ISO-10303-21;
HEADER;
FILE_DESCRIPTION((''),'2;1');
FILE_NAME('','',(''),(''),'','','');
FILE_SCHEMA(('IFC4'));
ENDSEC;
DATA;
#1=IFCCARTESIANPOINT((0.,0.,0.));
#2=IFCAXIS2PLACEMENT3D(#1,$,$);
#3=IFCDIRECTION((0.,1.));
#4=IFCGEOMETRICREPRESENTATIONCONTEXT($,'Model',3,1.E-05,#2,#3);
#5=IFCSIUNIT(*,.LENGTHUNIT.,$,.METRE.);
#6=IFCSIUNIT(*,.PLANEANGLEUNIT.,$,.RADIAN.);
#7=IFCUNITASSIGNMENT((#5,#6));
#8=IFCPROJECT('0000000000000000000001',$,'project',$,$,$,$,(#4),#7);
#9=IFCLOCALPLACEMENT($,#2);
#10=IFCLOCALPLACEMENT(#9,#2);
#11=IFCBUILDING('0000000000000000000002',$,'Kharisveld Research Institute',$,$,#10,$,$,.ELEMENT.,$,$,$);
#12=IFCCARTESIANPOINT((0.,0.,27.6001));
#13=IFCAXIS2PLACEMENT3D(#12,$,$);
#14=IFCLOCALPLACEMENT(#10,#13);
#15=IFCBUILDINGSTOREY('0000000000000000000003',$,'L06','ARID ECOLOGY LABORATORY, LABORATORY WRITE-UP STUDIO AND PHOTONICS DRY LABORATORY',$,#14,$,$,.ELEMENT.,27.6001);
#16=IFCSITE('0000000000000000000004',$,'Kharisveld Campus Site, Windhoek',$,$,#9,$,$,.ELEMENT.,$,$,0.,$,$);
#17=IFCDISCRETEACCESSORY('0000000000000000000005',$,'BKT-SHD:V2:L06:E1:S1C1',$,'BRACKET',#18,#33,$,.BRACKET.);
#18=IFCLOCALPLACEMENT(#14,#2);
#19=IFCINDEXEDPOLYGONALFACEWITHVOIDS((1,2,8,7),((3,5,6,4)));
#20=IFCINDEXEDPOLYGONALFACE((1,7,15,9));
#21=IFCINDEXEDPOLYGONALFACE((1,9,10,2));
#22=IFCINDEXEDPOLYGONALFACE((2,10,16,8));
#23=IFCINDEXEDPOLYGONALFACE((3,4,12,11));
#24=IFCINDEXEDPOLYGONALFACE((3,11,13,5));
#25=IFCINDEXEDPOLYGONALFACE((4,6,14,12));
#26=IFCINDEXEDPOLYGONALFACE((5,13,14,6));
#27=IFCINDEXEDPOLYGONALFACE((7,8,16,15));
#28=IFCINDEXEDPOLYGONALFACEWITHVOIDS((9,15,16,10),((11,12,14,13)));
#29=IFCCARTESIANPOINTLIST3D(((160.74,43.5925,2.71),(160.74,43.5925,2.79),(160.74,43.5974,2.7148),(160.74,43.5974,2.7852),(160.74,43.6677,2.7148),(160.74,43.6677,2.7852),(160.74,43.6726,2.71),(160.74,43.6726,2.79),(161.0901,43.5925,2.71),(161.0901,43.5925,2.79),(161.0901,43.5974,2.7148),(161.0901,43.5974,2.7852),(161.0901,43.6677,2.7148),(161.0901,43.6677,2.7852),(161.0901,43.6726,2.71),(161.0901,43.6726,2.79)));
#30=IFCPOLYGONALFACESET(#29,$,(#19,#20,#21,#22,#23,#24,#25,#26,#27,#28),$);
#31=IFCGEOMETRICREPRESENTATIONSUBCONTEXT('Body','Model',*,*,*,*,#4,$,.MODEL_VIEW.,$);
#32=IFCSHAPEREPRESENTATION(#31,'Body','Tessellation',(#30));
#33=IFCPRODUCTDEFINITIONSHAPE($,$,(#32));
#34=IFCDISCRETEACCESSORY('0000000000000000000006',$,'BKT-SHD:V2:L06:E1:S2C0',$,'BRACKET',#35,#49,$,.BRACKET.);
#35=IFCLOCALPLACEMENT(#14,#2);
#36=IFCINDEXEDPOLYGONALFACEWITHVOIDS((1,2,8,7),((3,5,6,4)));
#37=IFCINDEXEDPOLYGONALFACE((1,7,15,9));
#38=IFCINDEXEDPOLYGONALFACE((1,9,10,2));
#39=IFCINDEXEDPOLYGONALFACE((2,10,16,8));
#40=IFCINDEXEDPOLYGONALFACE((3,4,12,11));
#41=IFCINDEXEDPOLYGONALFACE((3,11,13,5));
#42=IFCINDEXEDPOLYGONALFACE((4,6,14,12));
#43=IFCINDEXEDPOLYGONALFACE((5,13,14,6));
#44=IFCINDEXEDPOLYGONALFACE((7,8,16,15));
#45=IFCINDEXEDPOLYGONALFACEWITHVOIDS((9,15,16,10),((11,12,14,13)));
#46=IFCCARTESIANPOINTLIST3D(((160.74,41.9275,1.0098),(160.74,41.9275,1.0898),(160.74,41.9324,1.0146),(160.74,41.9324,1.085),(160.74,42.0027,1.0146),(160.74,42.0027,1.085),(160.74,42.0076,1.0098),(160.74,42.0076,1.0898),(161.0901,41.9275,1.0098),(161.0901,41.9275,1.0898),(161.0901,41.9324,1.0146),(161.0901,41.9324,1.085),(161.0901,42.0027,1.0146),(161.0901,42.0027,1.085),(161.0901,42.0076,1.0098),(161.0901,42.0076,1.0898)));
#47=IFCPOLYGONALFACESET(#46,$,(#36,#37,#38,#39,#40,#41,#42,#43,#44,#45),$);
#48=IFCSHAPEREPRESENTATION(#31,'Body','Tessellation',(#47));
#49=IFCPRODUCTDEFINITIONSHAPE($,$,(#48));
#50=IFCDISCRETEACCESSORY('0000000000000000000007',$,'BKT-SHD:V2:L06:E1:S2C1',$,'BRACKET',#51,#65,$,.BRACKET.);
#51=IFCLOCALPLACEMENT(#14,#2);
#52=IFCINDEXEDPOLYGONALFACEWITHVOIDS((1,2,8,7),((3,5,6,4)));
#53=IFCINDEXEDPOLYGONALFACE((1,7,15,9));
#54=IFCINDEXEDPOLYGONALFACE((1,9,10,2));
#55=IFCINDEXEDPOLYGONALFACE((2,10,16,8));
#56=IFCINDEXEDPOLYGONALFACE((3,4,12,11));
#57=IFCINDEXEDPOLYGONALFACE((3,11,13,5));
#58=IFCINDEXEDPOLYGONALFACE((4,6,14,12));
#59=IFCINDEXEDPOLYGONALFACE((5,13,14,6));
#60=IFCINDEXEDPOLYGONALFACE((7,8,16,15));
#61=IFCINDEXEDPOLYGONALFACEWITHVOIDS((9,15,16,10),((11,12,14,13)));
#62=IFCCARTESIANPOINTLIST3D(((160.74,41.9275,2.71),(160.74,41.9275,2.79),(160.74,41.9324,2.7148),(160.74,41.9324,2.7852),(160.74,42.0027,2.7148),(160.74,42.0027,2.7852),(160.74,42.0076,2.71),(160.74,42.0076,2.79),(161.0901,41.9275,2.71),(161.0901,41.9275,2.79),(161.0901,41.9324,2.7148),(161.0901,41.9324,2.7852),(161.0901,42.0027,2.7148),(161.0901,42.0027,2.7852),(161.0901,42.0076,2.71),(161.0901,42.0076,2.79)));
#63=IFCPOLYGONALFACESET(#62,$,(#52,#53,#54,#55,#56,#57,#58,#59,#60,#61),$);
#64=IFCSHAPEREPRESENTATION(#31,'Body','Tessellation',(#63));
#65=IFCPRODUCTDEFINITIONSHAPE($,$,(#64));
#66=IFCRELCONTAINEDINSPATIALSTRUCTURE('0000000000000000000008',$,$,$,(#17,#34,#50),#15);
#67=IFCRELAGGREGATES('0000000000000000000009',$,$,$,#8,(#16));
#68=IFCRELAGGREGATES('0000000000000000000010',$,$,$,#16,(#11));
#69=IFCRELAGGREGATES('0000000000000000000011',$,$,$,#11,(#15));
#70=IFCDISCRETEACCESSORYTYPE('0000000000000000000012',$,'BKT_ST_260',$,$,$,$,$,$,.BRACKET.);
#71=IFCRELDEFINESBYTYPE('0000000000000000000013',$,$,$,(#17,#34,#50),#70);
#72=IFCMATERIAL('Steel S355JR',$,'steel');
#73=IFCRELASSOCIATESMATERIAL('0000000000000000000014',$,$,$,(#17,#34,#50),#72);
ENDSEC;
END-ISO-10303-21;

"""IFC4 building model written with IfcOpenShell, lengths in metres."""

from ifc_helpers import new_model, si_unit, direction, frame, origin, origin_2d, place, context, subcontext, project, spatial, hollow_rectangle, extrude, material, type_object, element, save


model = new_model("IFC4")

# Units and contexts
model_context = context("Model", 3, precision=1e-05, world=origin(), true_north=direction((0.0, 1.0)))
body_context = subcontext(model_context, "Body", "Model", "MODEL_VIEW")
ifc_project = project(units=[si_unit("LENGTHUNIT", "METRE"), si_unit("PLANEANGLEUNIT", "RADIAN")], contexts=[model_context])

# Site, building, storey
site_placement = place(None, origin())
site = spatial("IfcSite", under=ifc_project, at=site_placement, Name="Kharisveld Campus Site, Windhoek", CompositionType="ELEMENT", RefElevation=0.0)
building_placement = place(site_placement, origin())
building = spatial("IfcBuilding", under=site, at=building_placement, Name="Kharisveld Research Institute", CompositionType="ELEMENT")
storey_placement = place(building_placement, frame((0.0, 0.0, 27.6001)))
storey = spatial("IfcBuildingStorey", under=building, at=storey_placement, Name="L06", Description="ARID ECOLOGY LABORATORY, LABORATORY WRITE-UP STUDIO AND PHOTONICS DRY LABORATORY", CompositionType="ELEMENT", Elevation=27.6001)

# Discrete accessories
ifc_material_1 = material(Name="Steel S355JR", Category="steel")
discrete_accessory_type = type_object("IfcDiscreteAccessoryType", Name="BKT_ST_260", PredefinedType="BRACKET")
for number, where, z_axis, x_axis, name in (
    (1, (160.74, 43.6326, 2.75), (1.0, 0.0, 0.0), (0.0, 1.0, 0.0), "BKT-SHD:V2:L06:E1:S1C1"),
    (2, (160.74, 41.9675, 1.0498), (1.0, 0.0, 0.0), (0.0, 1.0, 0.0), "BKT-SHD:V2:L06:E1:S2C0"),
    (3, (160.74, 41.9675, 2.75), (1.0, 0.0, 0.0), (0.0, 1.0, 0.0), "BKT-SHD:V2:L06:E1:S2C1"),
):
    element("IfcDiscreteAccessory", number, at=place(storey_placement, frame(where, z_axis=z_axis, x_axis=x_axis)), inside=storey, type_object=discrete_accessory_type, material=ifc_material_1, Name=name, ObjectType="BRACKET", PredefinedType="BRACKET", context=body_context, shape_type="SweptSolid", body=[
        extrude(hollow_rectangle(XDim=0.0801, YDim=0.0801, WallThickness=0.0049, at=origin_2d()), origin(), (0.0, 0.0, 1.0), 0.3501),
    ])

save(model, "model.ifc")
